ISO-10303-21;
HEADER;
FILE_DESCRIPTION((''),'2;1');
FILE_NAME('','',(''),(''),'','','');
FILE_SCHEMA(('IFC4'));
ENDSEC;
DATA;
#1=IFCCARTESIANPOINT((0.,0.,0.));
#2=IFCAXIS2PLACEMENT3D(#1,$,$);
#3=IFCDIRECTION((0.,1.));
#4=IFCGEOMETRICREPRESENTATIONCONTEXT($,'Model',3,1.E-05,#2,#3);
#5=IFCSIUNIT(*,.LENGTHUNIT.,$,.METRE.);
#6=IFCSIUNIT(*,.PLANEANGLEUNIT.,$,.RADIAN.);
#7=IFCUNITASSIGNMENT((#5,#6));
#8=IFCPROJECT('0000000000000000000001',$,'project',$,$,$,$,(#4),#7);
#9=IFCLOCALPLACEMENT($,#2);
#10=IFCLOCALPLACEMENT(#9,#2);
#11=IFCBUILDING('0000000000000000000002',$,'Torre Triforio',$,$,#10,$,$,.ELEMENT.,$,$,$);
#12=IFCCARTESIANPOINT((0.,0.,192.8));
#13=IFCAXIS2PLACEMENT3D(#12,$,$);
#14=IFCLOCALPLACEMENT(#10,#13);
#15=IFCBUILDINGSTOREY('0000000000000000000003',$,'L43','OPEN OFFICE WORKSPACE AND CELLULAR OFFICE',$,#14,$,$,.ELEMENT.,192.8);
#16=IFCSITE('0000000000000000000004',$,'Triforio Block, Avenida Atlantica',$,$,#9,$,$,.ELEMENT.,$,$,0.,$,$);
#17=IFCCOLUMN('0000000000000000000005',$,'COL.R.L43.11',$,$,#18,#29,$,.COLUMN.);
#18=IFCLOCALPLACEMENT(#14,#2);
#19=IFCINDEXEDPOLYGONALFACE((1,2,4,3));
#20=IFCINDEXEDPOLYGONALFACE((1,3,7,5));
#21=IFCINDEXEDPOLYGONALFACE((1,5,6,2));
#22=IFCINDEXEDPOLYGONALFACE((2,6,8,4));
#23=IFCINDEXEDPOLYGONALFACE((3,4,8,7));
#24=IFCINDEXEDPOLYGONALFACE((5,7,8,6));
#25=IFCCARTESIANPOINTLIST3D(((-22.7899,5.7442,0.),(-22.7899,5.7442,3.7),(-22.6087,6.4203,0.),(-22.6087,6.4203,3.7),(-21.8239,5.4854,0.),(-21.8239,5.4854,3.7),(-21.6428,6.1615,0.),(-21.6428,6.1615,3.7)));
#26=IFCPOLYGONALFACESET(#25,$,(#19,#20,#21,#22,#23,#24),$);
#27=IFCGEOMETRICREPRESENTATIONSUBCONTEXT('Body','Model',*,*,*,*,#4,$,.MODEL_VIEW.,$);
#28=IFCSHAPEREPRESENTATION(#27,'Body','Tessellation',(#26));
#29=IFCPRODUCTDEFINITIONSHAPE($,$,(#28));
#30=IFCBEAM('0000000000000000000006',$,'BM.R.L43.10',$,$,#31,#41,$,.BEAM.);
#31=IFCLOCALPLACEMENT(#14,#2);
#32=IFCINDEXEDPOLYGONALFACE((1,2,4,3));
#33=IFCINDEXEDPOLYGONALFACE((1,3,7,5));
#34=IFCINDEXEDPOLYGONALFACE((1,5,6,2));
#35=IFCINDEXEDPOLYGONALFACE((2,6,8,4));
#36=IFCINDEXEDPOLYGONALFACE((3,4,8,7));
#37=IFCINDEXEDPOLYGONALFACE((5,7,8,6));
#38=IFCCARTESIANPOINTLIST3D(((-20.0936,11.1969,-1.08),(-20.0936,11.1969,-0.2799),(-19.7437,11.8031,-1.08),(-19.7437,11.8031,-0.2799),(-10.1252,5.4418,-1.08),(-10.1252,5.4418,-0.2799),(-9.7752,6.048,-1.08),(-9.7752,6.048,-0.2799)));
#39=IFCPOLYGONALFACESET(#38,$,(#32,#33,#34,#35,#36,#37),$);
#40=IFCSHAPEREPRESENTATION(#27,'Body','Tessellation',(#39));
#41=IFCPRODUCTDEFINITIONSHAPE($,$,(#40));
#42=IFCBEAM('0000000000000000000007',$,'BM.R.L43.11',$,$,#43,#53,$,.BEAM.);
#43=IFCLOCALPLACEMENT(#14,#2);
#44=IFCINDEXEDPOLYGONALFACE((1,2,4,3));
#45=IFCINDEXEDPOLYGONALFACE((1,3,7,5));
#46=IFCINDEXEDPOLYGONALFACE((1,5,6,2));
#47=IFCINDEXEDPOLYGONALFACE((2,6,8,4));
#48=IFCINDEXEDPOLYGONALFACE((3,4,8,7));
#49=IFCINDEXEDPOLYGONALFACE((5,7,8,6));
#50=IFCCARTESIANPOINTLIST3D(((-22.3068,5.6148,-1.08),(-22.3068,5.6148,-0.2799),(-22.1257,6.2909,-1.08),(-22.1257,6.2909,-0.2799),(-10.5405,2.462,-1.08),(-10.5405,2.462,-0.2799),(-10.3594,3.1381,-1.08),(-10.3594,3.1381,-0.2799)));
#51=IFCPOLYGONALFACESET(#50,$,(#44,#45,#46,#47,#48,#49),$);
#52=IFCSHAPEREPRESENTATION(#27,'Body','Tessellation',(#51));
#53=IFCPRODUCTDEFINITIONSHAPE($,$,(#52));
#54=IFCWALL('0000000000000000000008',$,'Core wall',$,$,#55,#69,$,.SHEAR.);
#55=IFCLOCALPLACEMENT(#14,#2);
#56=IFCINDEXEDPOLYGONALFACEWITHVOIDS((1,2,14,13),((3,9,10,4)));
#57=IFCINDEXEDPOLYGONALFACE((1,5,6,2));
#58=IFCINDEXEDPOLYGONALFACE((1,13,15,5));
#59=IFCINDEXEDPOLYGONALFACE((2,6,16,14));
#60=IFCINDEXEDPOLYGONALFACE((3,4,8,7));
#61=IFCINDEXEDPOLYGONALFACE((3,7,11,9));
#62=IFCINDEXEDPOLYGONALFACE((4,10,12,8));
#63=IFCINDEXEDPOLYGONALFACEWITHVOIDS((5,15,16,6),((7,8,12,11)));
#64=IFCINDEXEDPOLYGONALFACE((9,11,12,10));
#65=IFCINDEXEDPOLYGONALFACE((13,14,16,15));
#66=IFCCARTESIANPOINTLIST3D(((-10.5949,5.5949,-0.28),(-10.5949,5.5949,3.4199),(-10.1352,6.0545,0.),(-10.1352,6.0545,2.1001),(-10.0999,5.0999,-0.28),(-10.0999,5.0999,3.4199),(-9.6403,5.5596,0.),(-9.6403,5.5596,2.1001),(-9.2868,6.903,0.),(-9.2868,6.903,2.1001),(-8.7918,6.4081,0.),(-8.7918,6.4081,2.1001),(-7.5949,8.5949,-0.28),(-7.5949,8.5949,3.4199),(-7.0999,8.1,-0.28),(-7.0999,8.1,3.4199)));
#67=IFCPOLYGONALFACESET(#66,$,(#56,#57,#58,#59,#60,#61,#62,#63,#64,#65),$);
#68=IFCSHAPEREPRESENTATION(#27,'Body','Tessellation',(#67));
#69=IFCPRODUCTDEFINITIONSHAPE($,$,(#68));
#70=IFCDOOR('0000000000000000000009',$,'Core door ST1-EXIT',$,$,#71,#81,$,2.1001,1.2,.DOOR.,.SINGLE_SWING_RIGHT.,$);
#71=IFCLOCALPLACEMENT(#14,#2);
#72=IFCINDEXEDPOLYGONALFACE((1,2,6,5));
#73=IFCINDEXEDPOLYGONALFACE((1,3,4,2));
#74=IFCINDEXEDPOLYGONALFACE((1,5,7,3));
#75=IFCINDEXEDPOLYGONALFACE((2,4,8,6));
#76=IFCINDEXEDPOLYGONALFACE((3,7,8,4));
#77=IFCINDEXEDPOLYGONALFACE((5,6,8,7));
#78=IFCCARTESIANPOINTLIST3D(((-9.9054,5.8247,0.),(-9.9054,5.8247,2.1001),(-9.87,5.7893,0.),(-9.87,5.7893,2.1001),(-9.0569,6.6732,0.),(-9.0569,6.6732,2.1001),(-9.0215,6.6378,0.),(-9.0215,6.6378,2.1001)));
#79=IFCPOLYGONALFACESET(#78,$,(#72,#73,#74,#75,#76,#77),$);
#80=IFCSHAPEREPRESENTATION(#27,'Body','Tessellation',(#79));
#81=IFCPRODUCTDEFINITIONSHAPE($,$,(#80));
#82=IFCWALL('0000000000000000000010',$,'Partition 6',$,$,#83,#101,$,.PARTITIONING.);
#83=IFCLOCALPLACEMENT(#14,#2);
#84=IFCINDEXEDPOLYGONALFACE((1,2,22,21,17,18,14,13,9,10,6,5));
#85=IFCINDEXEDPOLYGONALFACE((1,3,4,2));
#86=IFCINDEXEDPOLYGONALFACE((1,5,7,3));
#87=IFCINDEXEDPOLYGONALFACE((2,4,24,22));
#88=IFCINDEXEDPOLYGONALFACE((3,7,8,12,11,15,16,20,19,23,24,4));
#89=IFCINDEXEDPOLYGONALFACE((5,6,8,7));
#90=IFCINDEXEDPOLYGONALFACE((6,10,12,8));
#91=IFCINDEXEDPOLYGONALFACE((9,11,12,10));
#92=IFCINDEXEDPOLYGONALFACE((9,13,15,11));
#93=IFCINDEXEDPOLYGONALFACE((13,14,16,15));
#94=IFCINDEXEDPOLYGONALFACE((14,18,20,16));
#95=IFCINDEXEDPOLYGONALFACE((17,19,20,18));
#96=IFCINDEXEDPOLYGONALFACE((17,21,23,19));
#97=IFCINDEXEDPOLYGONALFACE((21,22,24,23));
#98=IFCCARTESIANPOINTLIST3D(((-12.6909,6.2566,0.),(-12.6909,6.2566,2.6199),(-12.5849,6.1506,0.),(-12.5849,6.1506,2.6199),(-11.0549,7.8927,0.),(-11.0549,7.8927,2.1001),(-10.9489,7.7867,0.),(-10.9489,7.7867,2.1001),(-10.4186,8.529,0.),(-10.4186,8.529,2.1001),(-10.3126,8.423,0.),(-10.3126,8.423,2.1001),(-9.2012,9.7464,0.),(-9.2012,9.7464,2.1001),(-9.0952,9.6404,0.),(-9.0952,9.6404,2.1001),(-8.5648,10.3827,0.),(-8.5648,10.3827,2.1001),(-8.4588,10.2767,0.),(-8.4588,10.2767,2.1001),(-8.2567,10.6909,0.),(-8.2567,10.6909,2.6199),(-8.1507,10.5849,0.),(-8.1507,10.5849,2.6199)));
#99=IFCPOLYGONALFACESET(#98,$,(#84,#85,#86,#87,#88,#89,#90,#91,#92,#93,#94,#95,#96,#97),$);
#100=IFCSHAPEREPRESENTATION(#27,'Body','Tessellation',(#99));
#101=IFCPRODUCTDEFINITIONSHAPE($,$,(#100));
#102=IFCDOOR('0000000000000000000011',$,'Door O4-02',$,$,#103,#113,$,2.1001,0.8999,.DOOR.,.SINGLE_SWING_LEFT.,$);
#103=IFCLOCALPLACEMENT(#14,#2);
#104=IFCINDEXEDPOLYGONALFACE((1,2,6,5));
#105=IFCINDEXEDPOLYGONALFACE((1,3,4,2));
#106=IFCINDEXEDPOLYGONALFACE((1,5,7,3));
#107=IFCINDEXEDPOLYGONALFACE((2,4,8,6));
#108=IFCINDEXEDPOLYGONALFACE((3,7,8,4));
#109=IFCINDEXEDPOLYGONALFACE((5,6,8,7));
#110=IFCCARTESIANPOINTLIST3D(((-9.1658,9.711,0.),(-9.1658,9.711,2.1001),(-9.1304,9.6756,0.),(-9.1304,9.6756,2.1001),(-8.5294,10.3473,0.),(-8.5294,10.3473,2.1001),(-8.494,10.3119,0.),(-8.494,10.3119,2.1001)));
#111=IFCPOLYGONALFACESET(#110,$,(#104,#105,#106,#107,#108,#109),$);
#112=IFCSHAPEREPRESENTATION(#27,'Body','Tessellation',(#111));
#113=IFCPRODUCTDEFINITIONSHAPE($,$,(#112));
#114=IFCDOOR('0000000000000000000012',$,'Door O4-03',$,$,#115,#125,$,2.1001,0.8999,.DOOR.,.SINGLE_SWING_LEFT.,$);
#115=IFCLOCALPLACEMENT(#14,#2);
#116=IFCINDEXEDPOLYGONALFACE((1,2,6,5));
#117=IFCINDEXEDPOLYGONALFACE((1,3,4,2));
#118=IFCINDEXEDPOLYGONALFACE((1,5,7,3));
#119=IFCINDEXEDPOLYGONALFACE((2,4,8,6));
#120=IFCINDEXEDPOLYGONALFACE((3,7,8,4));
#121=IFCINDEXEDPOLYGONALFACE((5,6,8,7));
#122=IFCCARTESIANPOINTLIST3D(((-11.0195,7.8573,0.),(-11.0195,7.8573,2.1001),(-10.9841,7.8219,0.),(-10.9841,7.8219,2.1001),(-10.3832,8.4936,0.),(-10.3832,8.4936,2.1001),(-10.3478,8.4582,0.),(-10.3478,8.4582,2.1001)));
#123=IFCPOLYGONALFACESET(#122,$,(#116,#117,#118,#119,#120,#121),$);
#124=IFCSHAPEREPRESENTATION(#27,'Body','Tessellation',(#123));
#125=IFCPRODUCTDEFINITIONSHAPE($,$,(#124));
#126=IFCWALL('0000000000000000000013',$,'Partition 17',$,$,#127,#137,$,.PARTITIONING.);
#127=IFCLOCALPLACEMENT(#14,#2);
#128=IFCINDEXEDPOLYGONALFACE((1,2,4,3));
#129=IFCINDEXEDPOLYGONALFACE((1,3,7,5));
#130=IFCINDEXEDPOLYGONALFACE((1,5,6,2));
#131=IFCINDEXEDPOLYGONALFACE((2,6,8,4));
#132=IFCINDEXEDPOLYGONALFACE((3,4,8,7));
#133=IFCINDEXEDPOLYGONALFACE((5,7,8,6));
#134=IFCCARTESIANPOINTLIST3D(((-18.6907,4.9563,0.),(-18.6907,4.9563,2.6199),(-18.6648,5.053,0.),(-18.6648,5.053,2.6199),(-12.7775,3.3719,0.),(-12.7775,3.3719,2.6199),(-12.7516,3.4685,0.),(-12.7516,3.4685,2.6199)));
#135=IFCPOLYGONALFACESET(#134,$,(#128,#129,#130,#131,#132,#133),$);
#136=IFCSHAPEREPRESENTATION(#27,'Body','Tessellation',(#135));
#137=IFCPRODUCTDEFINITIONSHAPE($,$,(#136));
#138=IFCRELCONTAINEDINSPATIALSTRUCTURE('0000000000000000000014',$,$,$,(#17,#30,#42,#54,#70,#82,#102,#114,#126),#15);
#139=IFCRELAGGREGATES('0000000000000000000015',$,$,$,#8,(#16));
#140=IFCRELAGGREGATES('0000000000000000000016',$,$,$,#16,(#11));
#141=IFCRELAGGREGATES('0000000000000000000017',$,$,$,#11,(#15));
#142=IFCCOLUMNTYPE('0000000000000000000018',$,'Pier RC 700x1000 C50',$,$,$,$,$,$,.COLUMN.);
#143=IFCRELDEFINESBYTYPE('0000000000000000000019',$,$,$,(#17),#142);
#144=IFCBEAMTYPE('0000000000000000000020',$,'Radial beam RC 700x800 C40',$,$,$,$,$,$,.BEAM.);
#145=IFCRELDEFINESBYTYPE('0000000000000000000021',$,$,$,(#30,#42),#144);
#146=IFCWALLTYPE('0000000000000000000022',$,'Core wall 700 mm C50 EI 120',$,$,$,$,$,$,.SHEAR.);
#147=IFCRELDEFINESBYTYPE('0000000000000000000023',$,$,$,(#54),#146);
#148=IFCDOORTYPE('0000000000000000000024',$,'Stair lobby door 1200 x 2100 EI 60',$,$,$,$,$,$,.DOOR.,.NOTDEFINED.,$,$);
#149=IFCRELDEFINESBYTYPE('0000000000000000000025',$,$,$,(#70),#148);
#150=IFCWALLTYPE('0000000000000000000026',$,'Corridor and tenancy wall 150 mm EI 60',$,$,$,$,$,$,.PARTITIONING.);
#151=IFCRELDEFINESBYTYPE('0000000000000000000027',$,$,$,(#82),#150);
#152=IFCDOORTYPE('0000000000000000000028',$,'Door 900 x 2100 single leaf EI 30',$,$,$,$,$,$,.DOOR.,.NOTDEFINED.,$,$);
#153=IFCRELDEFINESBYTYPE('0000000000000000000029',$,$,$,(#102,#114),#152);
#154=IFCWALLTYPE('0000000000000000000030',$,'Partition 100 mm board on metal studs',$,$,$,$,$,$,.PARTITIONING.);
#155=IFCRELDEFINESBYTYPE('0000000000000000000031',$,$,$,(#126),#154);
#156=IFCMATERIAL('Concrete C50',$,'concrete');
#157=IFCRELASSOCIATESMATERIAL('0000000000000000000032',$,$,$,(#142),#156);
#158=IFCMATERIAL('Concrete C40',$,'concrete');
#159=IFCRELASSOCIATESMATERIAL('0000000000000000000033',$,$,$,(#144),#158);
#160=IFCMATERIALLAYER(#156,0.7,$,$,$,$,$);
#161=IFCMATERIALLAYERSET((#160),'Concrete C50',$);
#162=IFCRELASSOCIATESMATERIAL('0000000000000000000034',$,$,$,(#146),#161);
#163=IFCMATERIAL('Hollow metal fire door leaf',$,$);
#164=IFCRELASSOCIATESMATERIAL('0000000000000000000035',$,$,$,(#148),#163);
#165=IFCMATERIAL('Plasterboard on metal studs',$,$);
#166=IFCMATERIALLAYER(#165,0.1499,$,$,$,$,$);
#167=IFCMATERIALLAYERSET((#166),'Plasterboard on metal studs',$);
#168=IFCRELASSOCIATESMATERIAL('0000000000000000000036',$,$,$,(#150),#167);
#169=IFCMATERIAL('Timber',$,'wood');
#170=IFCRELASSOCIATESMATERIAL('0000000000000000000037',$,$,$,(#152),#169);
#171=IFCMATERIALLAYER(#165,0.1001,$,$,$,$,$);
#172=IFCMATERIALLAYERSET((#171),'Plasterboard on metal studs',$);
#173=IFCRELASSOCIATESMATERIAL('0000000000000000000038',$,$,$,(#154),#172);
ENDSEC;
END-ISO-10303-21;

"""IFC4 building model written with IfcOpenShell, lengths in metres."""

from ifc_helpers import new_model, si_unit, direction, frame, frame_2d, origin, origin_2d, place, context, subcontext, project, spatial, rectangle, extrude, material, layer, layer_set, material_profile, profile_set, type_object, element, fill, save


model = new_model("IFC4")

# Units and contexts
model_context = context("Model", 3, precision=1e-05, world=origin(), true_north=direction((0.0, 1.0)))
body_context = subcontext(model_context, "Body", "Model", "MODEL_VIEW")
ifc_project = project(units=[si_unit("LENGTHUNIT", "METRE"), si_unit("PLANEANGLEUNIT", "RADIAN")], contexts=[model_context])

# Site, building, storey
site_placement = place(None, origin())
site = spatial("IfcSite", under=ifc_project, at=site_placement, Name="Triforio Block, Avenida Atlantica", CompositionType="ELEMENT", RefElevation=0.0)
building_placement = place(site_placement, origin())
building = spatial("IfcBuilding", under=site, at=building_placement, Name="Torre Triforio", CompositionType="ELEMENT")
storey_placement = place(building_placement, frame((0.0, 0.0, 192.8)))
storey = spatial("IfcBuildingStorey", under=building, at=storey_placement, Name="L43", Description="OPEN OFFICE WORKSPACE AND CELLULAR OFFICE", CompositionType="ELEMENT", Elevation=192.8)

# Column
ifc_material_1 = material(Name="Concrete C50", Category="concrete")
ifc_material_profile_1 = material_profile(ifc_material_1, rectangle(XDim=0.7, YDim=1.0, at=origin_2d()), Name="RC 700x1000")
ifc_profile_set_1 = profile_set([ifc_material_profile_1], Name="Concrete C50")
column_type = type_object("IfcColumnType", Name="Pier RC 700x1000 C50", PredefinedType="COLUMN", material=ifc_profile_set_1)
column_placement = place(storey_placement, frame((-22.2163, 5.9529, 0.0), z_axis=(0.0, 0.0, 1.0), x_axis=(-0.258819, -0.965926, 0.0)))
element("IfcColumn", 1, at=column_placement, inside=storey, type_object=column_type, Name="COL.R.L43.11", PredefinedType="COLUMN", context=body_context, shape_type="SweptSolid", body=[
    extrude(rectangle(XDim=0.7, YDim=1.0, at=origin_2d()), origin(), (0.0, 0.0, 1.0), 3.7),
])

# Beams
ifc_material_2 = material(Name="Concrete C40", Category="concrete")
ifc_material_profile_2 = material_profile(ifc_material_2, rectangle(XDim=0.7, YDim=0.8, at=origin_2d()), Name="RC 700x800")
ifc_profile_set_2 = profile_set([ifc_material_profile_2], Name="Concrete C40")
beam_type = type_object("IfcBeamType", Name="Radial beam RC 700x800 C40", PredefinedType="BEAM", material=ifc_profile_set_2)
beam_1_placement = place(storey_placement, frame((-9.9502, 5.7449, -0.6799), z_axis=(-0.866033, 0.499987, 0.0), x_axis=(-0.499987, -0.866033, 0.0)))
element("IfcBeam", 2, at=beam_1_placement, inside=storey, type_object=beam_type, Name="BM.R.L43.10", PredefinedType="BEAM", context=body_context, shape_type="SweptSolid", body=[
    extrude(rectangle(XDim=0.7, YDim=0.8, at=origin_2d()), origin(), (0.0, 0.0, 1.0), 11.5105),
])
beam_2_placement = place(storey_placement, frame((-10.45, 2.8, -0.6799), z_axis=(-0.965925, 0.258823, 0.0), x_axis=(-0.258823, -0.965925, 0.0)))
element("IfcBeam", 3, at=beam_2_placement, inside=storey, type_object=beam_type, Name="BM.R.L43.11", PredefinedType="BEAM", context=body_context, shape_type="SweptSolid", body=[
    extrude(rectangle(XDim=0.7, YDim=0.8, at=origin_2d()), origin(), (0.0, 0.0, 1.0), 12.1814),
])

# Wall, opening, door
ifc_layer_1 = layer(ifc_material_1, 0.7)
ifc_layer_set_1 = layer_set([ifc_layer_1], Name="Concrete C50")
wall_type_1 = type_object("IfcWallType", Name="Core wall 700 mm C50 EI 120", PredefinedType="SHEAR", material=ifc_layer_set_1)
wall_1_placement = place(storey_placement, frame((-10.3474, 5.3474, -0.28), z_axis=(0.0, 0.0, 1.0), x_axis=(0.707107, 0.707107, 0.0)))
wall_1 = element("IfcWall", 4, at=wall_1_placement, inside=storey, type_object=wall_type_1, Name="Core wall", PredefinedType="SHEAR", context=body_context, shape_type="SweptSolid", body=[
    extrude(rectangle(XDim=4.2427, YDim=0.7, at=frame_2d((2.1213, 0.0))), origin(), (0.0, 0.0, 1.0), 3.7),
])
opening_1_placement = place(wall_1_placement, frame((0.6499, 0.0, 0.28)))
opening_1 = element("IfcOpeningElement", 5, at=opening_1_placement, cuts=wall_1, PredefinedType="OPENING", context=body_context, shape_type="SweptSolid", body=[
    extrude(rectangle(XDim=1.2, YDim=2.1001, at=frame_2d((0.6001, 1.05))), frame((0.0, 0.3599, 0.0), z_axis=(0.0, -1.0, 0.0), x_axis=(1.0, 0.0, 0.0)), (0.0, 0.0, 1.0), 0.72),
])
ifc_material_3 = material(Name="Hollow metal fire door leaf")
door_type_1 = type_object("IfcDoorType", Name="Stair lobby door 1200 x 2100 EI 60", OperationType="NOTDEFINED", PredefinedType="DOOR", material=ifc_material_3)
door_1_placement = place(opening_1_placement, origin())
door_1 = element("IfcDoor", 6, at=door_1_placement, inside=storey, type_object=door_type_1, Name="Core door ST1-EXIT", OperationType="SINGLE_SWING_RIGHT", OverallHeight=2.1001, OverallWidth=1.2, PredefinedType="DOOR", context=body_context, shape_type="SweptSolid", body=[
    extrude(rectangle(XDim=1.2, YDim=2.1001, at=frame_2d((0.6001, 1.05))), frame((0.0, 0.0249, 0.0), z_axis=(0.0, -1.0, 0.0), x_axis=(1.0, 0.0, 0.0)), (0.0, 0.0, 1.0), 0.05),
])
fill(opening_1, door_1)

# Wall, openings, doors
ifc_material_4 = material(Name="Plasterboard on metal studs")
ifc_layer_2 = layer(ifc_material_4, 0.1499)
ifc_layer_set_2 = layer_set([ifc_layer_2], Name="Plasterboard on metal studs")
wall_type_2 = type_object("IfcWallType", Name="Corridor and tenancy wall 150 mm EI 60", PredefinedType="PARTITIONING", material=ifc_layer_set_2)
wall_2_placement = place(storey_placement, frame((-12.6379, 6.2036, 0.0), z_axis=(0.0, 0.0, 1.0), x_axis=(0.707107, 0.707107, 0.0)))
wall_2 = element("IfcWall", 7, at=wall_2_placement, inside=storey, type_object=wall_type_2, Name="Partition 6", PredefinedType="PARTITIONING", context=body_context, shape_type="SweptSolid", body=[
    extrude(rectangle(XDim=6.271, YDim=0.1499, at=frame_2d((3.1355, 0.0))), origin(), (0.0, 0.0, 1.0), 2.6199),
])
opening_2_placement = place(wall_2_placement, frame((4.9353, 0.0, 0.0)))
opening_2 = element("IfcOpeningElement", 8, at=opening_2_placement, cuts=wall_2, PredefinedType="OPENING", context=body_context, shape_type="SweptSolid", body=[
    extrude(rectangle(XDim=0.8999, YDim=2.1001, at=frame_2d((0.45, 1.05))), frame((0.0, 0.085, 0.0), z_axis=(0.0, -1.0, 0.0), x_axis=(1.0, 0.0, 0.0)), (0.0, 0.0, 1.0), 0.1699),
])
opening_3_placement = place(wall_2_placement, frame((2.3137, 0.0, 0.0)))
opening_3 = element("IfcOpeningElement", 9, at=opening_3_placement, cuts=wall_2, PredefinedType="OPENING", context=body_context, shape_type="SweptSolid", body=[
    extrude(rectangle(XDim=0.8999, YDim=2.1001, at=frame_2d((0.45, 1.05))), frame((0.0, 0.085, 0.0), z_axis=(0.0, -1.0, 0.0), x_axis=(1.0, 0.0, 0.0)), (0.0, 0.0, 1.0), 0.1699),
])
ifc_material_5 = material(Name="Timber", Category="wood")
door_type_2 = type_object("IfcDoorType", Name="Door 900 x 2100 single leaf EI 30", OperationType="NOTDEFINED", PredefinedType="DOOR", material=ifc_material_5)
door_2_placement = place(opening_2_placement, origin())
door_2 = element("IfcDoor", 10, at=door_2_placement, inside=storey, type_object=door_type_2, Name="Door O4-02", OperationType="SINGLE_SWING_LEFT", OverallHeight=2.1001, OverallWidth=0.8999, PredefinedType="DOOR", context=body_context, shape_type="SweptSolid", body=[
    extrude(rectangle(XDim=0.8999, YDim=2.1001, at=frame_2d((0.45, 1.05))), frame((0.0, 0.0249, 0.0), z_axis=(0.0, -1.0, 0.0), x_axis=(1.0, 0.0, 0.0)), (0.0, 0.0, 1.0), 0.05),
])
fill(opening_2, door_2)
door_3_placement = place(opening_3_placement, origin())
door_3 = element("IfcDoor", 11, at=door_3_placement, inside=storey, type_object=door_type_2, Name="Door O4-03", OperationType="SINGLE_SWING_LEFT", OverallHeight=2.1001, OverallWidth=0.8999, PredefinedType="DOOR", context=body_context, shape_type="SweptSolid", body=[
    extrude(rectangle(XDim=0.8999, YDim=2.1001, at=frame_2d((0.45, 1.05))), frame((0.0, 0.0249, 0.0), z_axis=(0.0, -1.0, 0.0), x_axis=(1.0, 0.0, 0.0)), (0.0, 0.0, 1.0), 0.05),
])
fill(opening_3, door_3)

# Wall
ifc_layer_3 = layer(ifc_material_4, 0.1001)
ifc_layer_set_3 = layer_set([ifc_layer_3], Name="Plasterboard on metal studs")
wall_type_3 = type_object("IfcWallType", Name="Partition 100 mm board on metal studs", PredefinedType="PARTITIONING", material=ifc_layer_set_3)
wall_3_placement = place(storey_placement, frame((-12.7644, 3.4202, 0.0), z_axis=(0.0, 0.0, 1.0), x_axis=(-0.965926, 0.258819, 0.0)))
element("IfcWall", 12, at=wall_3_placement, inside=storey, type_object=wall_type_3, Name="Partition 17", PredefinedType="PARTITIONING", context=body_context, shape_type="SweptSolid", body=[
    extrude(rectangle(XDim=6.1218, YDim=0.1001, at=frame_2d((3.061, 0.0))), origin(), (0.0, 0.0, 1.0), 2.6199),
])

save(model, "model.ifc")
